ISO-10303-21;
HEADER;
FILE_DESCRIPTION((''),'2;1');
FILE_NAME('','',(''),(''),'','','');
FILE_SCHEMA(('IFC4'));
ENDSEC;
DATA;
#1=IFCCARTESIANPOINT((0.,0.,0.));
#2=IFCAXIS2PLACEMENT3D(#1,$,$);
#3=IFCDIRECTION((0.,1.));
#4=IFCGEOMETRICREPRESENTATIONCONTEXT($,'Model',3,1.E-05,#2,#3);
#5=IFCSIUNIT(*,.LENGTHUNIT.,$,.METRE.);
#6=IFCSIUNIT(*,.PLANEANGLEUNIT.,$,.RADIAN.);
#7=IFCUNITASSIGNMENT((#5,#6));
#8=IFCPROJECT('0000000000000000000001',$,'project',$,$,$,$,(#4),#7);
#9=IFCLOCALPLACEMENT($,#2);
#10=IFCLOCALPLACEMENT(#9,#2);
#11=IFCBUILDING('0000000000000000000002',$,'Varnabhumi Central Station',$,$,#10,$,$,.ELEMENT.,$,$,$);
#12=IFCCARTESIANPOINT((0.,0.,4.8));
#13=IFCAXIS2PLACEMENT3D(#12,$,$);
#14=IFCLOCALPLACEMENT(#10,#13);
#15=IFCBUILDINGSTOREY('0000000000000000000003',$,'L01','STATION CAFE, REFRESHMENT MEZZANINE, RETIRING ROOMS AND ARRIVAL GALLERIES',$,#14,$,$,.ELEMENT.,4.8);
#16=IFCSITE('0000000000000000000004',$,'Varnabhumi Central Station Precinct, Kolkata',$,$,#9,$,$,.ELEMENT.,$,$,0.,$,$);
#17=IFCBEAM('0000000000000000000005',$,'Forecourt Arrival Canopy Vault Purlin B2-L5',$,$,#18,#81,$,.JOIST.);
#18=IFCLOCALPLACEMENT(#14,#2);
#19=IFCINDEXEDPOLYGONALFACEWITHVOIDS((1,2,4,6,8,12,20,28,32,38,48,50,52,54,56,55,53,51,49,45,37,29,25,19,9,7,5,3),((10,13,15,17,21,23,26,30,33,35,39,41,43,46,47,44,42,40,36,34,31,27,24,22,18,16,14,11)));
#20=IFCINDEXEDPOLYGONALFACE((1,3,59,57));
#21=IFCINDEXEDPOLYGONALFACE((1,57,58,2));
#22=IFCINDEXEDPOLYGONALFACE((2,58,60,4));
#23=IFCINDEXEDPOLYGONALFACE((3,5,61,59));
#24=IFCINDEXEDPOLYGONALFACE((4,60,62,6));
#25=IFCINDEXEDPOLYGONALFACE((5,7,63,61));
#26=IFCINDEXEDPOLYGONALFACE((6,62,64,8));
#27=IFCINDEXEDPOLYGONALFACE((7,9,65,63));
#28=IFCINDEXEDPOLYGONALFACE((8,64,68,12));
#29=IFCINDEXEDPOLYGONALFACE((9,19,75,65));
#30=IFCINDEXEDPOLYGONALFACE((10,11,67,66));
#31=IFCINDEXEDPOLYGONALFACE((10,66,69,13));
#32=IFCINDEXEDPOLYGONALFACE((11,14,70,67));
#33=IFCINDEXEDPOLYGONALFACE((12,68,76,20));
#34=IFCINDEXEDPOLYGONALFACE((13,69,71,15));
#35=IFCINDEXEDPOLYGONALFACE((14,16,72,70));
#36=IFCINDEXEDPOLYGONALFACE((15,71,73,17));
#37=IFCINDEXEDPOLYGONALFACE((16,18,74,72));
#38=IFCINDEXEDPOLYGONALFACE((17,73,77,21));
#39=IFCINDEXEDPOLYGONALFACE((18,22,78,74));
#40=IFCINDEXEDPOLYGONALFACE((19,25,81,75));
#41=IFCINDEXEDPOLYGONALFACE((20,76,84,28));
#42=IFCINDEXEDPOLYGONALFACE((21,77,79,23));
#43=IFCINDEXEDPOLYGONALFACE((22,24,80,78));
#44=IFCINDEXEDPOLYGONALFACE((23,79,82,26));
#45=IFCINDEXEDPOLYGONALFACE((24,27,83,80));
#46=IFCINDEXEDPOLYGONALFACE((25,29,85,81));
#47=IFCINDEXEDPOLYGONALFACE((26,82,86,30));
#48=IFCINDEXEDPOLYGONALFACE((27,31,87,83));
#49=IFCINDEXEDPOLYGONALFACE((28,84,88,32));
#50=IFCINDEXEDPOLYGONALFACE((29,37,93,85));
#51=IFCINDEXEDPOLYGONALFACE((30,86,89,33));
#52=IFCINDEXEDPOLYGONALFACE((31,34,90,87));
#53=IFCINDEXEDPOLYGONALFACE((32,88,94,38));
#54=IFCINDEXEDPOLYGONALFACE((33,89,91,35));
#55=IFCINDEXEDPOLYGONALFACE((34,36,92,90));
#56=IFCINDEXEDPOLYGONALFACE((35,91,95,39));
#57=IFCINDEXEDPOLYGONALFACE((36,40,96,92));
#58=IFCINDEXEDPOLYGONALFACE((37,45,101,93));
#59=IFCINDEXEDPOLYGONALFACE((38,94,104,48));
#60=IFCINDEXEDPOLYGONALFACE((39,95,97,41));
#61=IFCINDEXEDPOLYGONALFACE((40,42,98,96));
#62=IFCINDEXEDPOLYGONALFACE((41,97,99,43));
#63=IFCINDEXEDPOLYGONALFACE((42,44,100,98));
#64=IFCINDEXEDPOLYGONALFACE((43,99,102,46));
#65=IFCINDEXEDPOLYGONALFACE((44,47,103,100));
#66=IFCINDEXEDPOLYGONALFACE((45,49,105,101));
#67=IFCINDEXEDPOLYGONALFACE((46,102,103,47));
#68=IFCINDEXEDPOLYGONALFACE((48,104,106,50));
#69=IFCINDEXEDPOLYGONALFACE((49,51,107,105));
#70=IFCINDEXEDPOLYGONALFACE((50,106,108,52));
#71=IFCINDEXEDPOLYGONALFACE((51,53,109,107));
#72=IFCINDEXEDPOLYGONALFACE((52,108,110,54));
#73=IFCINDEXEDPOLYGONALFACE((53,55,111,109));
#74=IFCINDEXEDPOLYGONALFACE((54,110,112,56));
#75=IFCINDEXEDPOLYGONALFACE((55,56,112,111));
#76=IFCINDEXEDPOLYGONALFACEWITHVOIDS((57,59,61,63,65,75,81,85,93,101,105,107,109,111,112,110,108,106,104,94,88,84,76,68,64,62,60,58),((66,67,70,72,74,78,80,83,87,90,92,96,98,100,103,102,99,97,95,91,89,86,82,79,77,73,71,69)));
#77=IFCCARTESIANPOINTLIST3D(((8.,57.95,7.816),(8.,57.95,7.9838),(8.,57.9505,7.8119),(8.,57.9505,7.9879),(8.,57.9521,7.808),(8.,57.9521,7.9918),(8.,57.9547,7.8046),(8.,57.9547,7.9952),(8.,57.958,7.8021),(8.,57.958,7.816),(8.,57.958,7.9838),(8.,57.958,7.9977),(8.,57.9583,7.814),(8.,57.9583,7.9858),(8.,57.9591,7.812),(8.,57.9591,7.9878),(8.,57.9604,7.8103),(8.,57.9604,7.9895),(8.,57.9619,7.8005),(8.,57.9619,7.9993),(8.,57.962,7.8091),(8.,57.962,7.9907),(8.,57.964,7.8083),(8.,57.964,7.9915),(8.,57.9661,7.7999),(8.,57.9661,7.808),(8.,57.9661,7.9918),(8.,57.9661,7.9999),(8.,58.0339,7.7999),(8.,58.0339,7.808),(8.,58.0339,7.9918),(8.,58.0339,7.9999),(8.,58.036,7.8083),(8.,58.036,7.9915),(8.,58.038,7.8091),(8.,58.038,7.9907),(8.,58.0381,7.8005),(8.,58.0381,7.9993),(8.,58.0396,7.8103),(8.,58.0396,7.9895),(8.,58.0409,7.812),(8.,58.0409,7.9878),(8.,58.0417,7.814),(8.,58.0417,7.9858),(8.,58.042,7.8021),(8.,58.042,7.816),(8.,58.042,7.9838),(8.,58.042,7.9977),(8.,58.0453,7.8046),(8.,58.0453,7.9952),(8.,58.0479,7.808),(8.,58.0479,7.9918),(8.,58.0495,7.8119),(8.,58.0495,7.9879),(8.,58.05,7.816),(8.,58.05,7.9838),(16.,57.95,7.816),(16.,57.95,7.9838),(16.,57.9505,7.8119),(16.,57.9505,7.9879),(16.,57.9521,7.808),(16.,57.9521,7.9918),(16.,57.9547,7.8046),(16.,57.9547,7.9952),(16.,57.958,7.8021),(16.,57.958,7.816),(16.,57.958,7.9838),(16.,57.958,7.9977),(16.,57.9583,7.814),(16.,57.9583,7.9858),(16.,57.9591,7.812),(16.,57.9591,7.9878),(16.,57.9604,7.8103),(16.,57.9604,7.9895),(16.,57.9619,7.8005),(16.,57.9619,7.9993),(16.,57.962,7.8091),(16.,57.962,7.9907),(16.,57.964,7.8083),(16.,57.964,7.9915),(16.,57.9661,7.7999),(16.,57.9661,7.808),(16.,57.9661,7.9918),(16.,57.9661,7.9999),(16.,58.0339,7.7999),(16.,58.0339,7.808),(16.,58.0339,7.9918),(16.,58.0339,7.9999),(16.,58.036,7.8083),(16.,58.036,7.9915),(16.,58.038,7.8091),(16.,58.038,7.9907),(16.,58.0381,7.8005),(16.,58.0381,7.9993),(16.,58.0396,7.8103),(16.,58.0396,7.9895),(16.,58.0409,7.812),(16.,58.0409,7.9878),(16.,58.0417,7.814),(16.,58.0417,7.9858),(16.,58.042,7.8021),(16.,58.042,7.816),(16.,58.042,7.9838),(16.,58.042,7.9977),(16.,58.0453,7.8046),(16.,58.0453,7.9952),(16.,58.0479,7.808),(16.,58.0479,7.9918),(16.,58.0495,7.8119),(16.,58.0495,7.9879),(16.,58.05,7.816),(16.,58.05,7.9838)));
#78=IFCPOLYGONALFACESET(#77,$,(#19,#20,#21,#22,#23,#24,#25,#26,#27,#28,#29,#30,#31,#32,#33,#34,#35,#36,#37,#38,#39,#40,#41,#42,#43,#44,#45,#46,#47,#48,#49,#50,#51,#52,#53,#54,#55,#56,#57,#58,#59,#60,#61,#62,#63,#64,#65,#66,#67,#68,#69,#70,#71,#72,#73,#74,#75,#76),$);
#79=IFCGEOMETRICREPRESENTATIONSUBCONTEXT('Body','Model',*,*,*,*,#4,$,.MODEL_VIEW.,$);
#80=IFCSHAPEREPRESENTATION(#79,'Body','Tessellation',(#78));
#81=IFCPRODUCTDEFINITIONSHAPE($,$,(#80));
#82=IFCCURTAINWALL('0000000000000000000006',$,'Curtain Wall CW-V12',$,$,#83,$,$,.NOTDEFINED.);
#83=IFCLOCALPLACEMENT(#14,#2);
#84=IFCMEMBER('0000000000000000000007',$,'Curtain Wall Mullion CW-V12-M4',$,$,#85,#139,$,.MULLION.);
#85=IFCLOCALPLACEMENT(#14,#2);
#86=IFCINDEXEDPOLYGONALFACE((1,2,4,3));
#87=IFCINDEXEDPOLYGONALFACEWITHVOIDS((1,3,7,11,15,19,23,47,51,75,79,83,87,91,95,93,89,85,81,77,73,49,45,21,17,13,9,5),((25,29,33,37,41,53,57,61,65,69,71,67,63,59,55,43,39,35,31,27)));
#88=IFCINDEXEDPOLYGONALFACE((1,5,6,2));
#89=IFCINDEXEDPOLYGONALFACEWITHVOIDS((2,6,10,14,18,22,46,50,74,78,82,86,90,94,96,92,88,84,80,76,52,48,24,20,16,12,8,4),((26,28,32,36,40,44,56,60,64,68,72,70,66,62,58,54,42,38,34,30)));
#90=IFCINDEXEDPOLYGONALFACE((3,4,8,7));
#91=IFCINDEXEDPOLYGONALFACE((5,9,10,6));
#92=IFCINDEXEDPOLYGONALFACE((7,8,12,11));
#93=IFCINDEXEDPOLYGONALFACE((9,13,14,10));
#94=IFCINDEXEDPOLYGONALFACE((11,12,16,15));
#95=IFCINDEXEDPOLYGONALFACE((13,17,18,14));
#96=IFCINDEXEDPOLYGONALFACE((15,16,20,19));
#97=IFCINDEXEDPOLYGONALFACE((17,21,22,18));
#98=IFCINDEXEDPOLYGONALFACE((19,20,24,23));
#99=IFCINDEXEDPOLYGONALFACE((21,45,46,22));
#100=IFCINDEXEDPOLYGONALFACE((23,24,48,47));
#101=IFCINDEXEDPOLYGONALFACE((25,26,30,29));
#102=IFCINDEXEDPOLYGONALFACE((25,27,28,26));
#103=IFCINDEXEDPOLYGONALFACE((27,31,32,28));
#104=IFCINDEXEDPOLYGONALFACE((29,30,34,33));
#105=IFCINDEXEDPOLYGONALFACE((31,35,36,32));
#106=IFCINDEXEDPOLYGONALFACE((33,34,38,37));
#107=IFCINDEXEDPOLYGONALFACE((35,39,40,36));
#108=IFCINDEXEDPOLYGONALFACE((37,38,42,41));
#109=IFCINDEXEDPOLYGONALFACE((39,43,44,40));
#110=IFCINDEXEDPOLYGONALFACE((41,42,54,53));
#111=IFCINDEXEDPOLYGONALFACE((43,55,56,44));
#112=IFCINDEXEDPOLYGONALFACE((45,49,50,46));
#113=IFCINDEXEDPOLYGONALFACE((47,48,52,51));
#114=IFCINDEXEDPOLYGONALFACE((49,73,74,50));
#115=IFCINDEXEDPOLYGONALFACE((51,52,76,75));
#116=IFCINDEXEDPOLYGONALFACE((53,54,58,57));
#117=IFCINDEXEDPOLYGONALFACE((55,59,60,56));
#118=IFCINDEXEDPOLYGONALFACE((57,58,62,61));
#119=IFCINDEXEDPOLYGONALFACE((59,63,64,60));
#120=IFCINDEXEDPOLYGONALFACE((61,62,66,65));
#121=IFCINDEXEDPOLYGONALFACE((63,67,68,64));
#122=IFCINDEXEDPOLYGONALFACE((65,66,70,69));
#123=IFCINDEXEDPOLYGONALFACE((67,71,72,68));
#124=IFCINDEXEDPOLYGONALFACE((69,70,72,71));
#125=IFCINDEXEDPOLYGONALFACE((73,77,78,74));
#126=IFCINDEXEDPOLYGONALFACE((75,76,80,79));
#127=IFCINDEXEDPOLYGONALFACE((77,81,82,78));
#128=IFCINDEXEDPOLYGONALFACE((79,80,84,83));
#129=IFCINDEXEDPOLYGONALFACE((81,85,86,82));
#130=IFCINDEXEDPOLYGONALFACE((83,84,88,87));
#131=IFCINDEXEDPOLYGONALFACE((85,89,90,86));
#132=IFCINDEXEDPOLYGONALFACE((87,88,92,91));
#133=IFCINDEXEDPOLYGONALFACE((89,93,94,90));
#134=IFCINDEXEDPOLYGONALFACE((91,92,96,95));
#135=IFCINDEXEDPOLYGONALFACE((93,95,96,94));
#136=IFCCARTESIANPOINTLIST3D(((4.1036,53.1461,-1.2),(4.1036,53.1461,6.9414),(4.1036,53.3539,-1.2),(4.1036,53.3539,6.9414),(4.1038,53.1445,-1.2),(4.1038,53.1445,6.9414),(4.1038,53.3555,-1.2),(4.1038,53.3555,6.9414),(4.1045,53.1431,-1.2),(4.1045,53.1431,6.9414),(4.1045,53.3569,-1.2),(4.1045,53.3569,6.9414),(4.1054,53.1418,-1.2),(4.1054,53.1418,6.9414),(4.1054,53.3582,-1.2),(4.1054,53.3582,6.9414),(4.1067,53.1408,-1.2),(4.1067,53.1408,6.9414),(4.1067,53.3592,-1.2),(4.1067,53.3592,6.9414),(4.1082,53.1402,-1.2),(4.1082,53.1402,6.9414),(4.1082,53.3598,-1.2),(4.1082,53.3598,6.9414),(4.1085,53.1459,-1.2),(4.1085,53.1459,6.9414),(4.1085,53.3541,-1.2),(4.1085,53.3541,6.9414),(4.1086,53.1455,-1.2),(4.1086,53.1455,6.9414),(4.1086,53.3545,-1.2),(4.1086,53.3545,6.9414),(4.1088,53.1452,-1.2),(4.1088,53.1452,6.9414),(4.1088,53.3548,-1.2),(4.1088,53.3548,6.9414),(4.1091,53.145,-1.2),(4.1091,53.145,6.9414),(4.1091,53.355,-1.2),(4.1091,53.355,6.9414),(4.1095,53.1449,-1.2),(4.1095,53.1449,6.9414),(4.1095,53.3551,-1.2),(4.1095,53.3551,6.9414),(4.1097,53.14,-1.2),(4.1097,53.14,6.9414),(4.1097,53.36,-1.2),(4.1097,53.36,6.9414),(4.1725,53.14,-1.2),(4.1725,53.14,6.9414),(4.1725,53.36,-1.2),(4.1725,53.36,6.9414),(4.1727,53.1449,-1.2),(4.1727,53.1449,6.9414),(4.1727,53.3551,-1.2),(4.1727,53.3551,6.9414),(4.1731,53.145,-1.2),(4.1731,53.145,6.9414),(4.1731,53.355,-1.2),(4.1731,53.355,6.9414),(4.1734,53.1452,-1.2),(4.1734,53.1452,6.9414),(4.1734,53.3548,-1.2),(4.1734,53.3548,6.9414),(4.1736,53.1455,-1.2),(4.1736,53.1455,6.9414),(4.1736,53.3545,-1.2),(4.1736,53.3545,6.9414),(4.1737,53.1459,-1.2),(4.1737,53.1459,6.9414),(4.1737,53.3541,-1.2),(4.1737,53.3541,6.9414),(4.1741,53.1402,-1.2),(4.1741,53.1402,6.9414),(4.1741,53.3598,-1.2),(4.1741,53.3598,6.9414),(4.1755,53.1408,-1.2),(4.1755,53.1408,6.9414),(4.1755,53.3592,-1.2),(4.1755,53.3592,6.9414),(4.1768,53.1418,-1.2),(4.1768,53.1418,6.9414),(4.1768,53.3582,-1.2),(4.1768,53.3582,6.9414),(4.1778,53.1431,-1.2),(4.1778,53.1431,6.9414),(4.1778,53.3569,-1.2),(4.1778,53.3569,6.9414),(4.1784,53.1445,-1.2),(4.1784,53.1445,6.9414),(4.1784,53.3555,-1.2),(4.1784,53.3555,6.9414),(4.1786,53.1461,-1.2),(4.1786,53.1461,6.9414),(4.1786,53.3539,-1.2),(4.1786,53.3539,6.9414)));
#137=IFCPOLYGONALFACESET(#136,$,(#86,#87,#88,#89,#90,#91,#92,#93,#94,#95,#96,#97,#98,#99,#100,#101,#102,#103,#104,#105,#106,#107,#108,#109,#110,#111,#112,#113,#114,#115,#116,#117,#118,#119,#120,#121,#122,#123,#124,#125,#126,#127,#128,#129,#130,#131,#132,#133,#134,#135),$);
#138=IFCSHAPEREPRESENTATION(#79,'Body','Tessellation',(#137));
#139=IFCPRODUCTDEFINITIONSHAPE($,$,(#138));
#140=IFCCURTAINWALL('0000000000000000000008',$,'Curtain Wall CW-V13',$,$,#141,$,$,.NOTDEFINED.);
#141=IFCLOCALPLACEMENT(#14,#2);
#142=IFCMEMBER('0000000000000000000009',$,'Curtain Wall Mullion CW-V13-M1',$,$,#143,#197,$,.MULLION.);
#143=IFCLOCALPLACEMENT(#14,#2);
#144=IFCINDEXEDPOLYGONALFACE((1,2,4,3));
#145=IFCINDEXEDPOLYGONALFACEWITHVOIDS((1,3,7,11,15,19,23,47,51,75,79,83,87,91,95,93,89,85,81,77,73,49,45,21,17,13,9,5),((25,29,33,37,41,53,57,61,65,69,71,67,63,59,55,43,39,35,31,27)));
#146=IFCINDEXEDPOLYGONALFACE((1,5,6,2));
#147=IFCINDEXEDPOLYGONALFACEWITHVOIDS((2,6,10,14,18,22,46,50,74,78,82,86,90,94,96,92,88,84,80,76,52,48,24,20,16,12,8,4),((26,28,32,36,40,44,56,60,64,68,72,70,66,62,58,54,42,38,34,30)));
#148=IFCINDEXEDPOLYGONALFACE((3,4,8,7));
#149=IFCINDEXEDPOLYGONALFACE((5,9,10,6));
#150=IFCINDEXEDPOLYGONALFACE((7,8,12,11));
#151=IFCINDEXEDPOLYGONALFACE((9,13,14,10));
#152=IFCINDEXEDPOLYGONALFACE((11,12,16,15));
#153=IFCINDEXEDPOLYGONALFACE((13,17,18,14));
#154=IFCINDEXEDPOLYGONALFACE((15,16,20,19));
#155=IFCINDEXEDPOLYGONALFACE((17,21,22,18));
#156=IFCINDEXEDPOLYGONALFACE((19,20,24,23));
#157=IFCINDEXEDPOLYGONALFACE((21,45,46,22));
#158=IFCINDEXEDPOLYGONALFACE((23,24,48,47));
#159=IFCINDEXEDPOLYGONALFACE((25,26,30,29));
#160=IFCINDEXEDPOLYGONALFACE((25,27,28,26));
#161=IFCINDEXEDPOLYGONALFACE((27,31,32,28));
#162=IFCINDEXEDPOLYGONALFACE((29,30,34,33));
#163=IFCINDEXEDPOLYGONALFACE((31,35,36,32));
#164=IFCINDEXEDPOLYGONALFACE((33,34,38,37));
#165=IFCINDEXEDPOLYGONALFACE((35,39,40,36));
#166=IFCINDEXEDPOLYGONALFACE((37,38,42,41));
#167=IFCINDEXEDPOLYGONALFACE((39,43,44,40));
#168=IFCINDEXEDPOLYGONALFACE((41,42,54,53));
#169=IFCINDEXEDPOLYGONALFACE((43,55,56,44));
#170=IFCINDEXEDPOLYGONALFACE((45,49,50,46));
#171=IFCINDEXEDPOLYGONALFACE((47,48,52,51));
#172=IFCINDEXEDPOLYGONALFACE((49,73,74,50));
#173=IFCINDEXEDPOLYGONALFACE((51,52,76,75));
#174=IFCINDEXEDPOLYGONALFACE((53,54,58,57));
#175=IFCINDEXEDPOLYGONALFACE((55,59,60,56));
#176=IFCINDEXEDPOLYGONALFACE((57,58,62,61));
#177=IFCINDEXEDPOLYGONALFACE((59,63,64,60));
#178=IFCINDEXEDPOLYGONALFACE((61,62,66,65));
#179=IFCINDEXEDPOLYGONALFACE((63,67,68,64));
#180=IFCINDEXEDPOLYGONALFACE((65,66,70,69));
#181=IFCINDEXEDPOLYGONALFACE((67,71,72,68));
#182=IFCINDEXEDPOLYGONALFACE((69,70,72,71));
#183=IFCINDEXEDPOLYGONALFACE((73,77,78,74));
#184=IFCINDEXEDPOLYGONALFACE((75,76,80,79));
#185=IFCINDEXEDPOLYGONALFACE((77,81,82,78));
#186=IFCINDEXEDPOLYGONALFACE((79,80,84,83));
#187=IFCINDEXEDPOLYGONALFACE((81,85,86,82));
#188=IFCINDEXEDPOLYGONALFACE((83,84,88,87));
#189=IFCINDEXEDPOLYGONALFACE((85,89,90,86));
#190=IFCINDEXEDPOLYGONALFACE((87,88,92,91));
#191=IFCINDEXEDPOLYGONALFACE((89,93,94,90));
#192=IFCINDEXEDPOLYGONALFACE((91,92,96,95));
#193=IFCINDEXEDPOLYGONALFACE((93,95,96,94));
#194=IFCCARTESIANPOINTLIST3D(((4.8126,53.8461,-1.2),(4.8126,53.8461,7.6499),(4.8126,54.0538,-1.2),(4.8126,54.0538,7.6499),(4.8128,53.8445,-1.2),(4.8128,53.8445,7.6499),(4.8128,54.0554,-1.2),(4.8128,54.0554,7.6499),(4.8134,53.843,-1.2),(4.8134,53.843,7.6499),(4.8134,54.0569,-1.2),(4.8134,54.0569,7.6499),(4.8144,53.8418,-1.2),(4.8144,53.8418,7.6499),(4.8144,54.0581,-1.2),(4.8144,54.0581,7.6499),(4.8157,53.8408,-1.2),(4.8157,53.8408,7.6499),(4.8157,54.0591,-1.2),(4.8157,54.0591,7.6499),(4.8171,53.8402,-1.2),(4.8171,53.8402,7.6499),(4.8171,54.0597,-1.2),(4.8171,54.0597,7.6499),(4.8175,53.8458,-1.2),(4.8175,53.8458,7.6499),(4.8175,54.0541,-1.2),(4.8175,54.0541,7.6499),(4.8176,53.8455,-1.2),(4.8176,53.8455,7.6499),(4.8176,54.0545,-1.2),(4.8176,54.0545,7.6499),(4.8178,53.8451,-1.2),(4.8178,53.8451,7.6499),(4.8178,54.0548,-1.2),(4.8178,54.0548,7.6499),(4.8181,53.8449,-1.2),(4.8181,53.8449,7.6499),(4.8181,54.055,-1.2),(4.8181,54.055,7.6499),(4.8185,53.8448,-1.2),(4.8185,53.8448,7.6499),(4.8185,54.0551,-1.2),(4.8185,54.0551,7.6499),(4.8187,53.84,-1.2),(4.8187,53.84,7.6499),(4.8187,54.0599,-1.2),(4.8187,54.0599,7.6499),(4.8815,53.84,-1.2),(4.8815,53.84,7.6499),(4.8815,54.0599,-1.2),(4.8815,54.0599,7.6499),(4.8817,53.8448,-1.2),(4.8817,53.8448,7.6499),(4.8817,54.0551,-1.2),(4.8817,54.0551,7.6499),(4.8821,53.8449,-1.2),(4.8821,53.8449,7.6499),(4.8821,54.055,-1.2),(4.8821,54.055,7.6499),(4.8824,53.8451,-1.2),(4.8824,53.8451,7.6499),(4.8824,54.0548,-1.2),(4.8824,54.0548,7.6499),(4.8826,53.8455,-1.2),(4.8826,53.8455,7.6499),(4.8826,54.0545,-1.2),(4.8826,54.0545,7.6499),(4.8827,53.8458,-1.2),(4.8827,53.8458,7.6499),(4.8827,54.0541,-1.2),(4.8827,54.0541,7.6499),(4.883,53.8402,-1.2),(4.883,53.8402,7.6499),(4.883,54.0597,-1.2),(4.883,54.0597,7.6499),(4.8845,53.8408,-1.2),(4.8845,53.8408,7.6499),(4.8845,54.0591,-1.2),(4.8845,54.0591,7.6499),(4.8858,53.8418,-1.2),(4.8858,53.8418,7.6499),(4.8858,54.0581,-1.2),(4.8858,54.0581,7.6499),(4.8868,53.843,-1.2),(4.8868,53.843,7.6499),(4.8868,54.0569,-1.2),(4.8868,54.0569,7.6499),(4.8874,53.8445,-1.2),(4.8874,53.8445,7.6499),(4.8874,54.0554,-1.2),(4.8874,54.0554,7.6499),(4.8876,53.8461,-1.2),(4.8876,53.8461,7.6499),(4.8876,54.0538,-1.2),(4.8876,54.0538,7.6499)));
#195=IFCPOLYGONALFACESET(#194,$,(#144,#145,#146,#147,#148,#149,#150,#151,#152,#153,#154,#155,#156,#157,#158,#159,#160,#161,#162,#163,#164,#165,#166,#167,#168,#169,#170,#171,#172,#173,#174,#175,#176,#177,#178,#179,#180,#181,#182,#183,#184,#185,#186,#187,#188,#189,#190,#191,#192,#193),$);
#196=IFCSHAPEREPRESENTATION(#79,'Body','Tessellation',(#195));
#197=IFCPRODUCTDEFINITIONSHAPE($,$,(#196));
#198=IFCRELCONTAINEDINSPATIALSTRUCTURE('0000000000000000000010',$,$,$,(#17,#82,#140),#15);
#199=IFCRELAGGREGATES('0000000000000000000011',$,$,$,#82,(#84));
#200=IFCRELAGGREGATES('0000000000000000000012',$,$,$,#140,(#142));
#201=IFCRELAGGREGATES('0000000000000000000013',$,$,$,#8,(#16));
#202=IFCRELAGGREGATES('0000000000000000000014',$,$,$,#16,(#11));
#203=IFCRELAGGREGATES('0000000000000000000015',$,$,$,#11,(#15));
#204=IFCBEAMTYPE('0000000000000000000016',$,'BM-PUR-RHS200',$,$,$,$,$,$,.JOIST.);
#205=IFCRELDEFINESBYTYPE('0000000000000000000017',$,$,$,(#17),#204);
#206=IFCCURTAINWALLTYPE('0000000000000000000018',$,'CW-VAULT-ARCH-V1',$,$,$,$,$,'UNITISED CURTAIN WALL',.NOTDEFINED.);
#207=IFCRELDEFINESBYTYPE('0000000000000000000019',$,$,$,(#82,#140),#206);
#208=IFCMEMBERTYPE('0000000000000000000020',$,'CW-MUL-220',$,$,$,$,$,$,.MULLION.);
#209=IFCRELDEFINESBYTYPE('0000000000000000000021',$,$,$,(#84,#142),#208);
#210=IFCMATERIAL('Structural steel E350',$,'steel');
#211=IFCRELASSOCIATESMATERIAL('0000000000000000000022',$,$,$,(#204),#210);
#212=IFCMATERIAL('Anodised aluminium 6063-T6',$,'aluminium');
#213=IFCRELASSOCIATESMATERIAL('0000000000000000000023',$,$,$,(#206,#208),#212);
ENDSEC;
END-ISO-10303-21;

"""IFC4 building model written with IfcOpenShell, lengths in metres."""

from ifc_helpers import new_model, si_unit, direction, frame, origin, origin_2d, place, context, subcontext, project, spatial, hollow_rectangle, extrude, material, material_profile, profile_set, type_object, element, aggregate, save


model = new_model("IFC4")

# Units and contexts
model_context = context("Model", 3, precision=1e-05, world=origin(), true_north=direction((0.0, 1.0)))
body_context = subcontext(model_context, "Body", "Model", "MODEL_VIEW")
ifc_project = project(units=[si_unit("LENGTHUNIT", "METRE"), si_unit("PLANEANGLEUNIT", "RADIAN")], contexts=[model_context])

# Site, building, storey
site_placement = place(None, origin())
site = spatial("IfcSite", under=ifc_project, at=site_placement, Name="Varnabhumi Central Station Precinct, Kolkata", CompositionType="ELEMENT", RefElevation=0.0)
building_placement = place(site_placement, origin())
building = spatial("IfcBuilding", under=site, at=building_placement, Name="Varnabhumi Central Station", CompositionType="ELEMENT")
storey_placement = place(building_placement, frame((0.0, 0.0, 4.8)))
storey = spatial("IfcBuildingStorey", under=building, at=storey_placement, Name="L01", Description="STATION CAFE, REFRESHMENT MEZZANINE, RETIRING ROOMS AND ARRIVAL GALLERIES", CompositionType="ELEMENT", Elevation=4.8)

# Beam
ifc_material_1 = material(Name="Structural steel E350", Category="steel")
ifc_material_profile_1 = material_profile(ifc_material_1, hollow_rectangle(XDim=0.1001, YDim=0.2, WallThickness=0.0081, InnerFilletRadius=0.0081, OuterFilletRadius=0.0161, at=origin_2d()), Name="Structural steel E350", Category="steel")
ifc_profile_set_1 = profile_set([ifc_material_profile_1], Name="Structural steel E350")
beam_type_1 = type_object("IfcBeamType", Name="BM-PUR-RHS200", PredefinedType="JOIST", material=ifc_profile_set_1)
for number, where, z_axis, x_axis, name in (
    (1, (8.0, 58.0, 7.8999), (1.0, 0.0, 0.0), (0.0, 1.0, 0.0), "Forecourt Arrival Canopy Vault Purlin B2-L5"),
):
    element("IfcBeam", number, at=place(storey_placement, frame(where, z_axis=z_axis, x_axis=x_axis)), inside=storey, type_object=beam_type_1, Name=name, PredefinedType="JOIST", context=body_context, shape_type="SweptSolid", body=[
        extrude(hollow_rectangle(XDim=0.1001, YDim=0.2, WallThickness=0.0081, InnerFilletRadius=0.0081, OuterFilletRadius=0.0161, at=origin_2d()), origin(), (0.0, 0.0, 1.0), 8.0),
    ])

# Curtain wall, member
ifc_material_2 = material(Name="Anodised aluminium 6063-T6", Category="aluminium")
curtain_wall_type = type_object("IfcCurtainWallType", Name="CW-VAULT-ARCH-V1", ElementType="UNITISED CURTAIN WALL", PredefinedType="NOTDEFINED", material=ifc_material_2)
curtain_wall_1_placement = place(storey_placement, origin())
curtain_wall_1 = element("IfcCurtainWall", 2, at=curtain_wall_1_placement, inside=storey, type_object=curtain_wall_type, Name="Curtain Wall CW-V12", PredefinedType="NOTDEFINED")
ifc_material_profile_2 = material_profile(ifc_material_2, hollow_rectangle(XDim=0.075, YDim=0.22, WallThickness=0.0049, InnerFilletRadius=0.001, OuterFilletRadius=0.0061, at=origin_2d()), Name="Anodised aluminium 6063-T6", Category="aluminium")
ifc_profile_set_2 = profile_set([ifc_material_profile_2], Name="Anodised aluminium 6063-T6")
member_type_1 = type_object("IfcMemberType", Name="CW-MUL-220", PredefinedType="MULLION", material=ifc_profile_set_2)
member_1_placement = place(storey_placement, frame((4.1411, 53.25, -1.2), z_axis=(0.0, 0.0, 1.0), x_axis=(1.0, 0.0, 0.0)))
member_1 = element("IfcMember", 3, at=member_1_placement, type_object=member_type_1, Name="Curtain Wall Mullion CW-V12-M4", PredefinedType="MULLION", context=body_context, shape_type="SweptSolid", body=[
    extrude(hollow_rectangle(XDim=0.075, YDim=0.22, WallThickness=0.0049, InnerFilletRadius=0.001, OuterFilletRadius=0.0061, at=origin_2d()), origin(), (0.0, 0.0, 1.0), 8.1414),
])

# Curtain wall, member
curtain_wall_2_placement = place(storey_placement, origin())
curtain_wall_2 = element("IfcCurtainWall", 4, at=curtain_wall_2_placement, inside=storey, type_object=curtain_wall_type, Name="Curtain Wall CW-V13", PredefinedType="NOTDEFINED")
member_2_placement = place(storey_placement, frame((4.8501, 53.95, -1.2), z_axis=(0.0, 0.0, 1.0), x_axis=(1.0, 0.0, 0.0)))
member_2 = element("IfcMember", 5, at=member_2_placement, type_object=member_type_1, Name="Curtain Wall Mullion CW-V13-M1", PredefinedType="MULLION", context=body_context, shape_type="SweptSolid", body=[
    extrude(hollow_rectangle(XDim=0.075, YDim=0.22, WallThickness=0.0049, InnerFilletRadius=0.001, OuterFilletRadius=0.0061, at=origin_2d()), origin(), (0.0, 0.0, 1.0), 8.8499),
])

aggregate(curtain_wall_1, [member_1])
aggregate(curtain_wall_2, [member_2])

save(model, "model.ifc")
